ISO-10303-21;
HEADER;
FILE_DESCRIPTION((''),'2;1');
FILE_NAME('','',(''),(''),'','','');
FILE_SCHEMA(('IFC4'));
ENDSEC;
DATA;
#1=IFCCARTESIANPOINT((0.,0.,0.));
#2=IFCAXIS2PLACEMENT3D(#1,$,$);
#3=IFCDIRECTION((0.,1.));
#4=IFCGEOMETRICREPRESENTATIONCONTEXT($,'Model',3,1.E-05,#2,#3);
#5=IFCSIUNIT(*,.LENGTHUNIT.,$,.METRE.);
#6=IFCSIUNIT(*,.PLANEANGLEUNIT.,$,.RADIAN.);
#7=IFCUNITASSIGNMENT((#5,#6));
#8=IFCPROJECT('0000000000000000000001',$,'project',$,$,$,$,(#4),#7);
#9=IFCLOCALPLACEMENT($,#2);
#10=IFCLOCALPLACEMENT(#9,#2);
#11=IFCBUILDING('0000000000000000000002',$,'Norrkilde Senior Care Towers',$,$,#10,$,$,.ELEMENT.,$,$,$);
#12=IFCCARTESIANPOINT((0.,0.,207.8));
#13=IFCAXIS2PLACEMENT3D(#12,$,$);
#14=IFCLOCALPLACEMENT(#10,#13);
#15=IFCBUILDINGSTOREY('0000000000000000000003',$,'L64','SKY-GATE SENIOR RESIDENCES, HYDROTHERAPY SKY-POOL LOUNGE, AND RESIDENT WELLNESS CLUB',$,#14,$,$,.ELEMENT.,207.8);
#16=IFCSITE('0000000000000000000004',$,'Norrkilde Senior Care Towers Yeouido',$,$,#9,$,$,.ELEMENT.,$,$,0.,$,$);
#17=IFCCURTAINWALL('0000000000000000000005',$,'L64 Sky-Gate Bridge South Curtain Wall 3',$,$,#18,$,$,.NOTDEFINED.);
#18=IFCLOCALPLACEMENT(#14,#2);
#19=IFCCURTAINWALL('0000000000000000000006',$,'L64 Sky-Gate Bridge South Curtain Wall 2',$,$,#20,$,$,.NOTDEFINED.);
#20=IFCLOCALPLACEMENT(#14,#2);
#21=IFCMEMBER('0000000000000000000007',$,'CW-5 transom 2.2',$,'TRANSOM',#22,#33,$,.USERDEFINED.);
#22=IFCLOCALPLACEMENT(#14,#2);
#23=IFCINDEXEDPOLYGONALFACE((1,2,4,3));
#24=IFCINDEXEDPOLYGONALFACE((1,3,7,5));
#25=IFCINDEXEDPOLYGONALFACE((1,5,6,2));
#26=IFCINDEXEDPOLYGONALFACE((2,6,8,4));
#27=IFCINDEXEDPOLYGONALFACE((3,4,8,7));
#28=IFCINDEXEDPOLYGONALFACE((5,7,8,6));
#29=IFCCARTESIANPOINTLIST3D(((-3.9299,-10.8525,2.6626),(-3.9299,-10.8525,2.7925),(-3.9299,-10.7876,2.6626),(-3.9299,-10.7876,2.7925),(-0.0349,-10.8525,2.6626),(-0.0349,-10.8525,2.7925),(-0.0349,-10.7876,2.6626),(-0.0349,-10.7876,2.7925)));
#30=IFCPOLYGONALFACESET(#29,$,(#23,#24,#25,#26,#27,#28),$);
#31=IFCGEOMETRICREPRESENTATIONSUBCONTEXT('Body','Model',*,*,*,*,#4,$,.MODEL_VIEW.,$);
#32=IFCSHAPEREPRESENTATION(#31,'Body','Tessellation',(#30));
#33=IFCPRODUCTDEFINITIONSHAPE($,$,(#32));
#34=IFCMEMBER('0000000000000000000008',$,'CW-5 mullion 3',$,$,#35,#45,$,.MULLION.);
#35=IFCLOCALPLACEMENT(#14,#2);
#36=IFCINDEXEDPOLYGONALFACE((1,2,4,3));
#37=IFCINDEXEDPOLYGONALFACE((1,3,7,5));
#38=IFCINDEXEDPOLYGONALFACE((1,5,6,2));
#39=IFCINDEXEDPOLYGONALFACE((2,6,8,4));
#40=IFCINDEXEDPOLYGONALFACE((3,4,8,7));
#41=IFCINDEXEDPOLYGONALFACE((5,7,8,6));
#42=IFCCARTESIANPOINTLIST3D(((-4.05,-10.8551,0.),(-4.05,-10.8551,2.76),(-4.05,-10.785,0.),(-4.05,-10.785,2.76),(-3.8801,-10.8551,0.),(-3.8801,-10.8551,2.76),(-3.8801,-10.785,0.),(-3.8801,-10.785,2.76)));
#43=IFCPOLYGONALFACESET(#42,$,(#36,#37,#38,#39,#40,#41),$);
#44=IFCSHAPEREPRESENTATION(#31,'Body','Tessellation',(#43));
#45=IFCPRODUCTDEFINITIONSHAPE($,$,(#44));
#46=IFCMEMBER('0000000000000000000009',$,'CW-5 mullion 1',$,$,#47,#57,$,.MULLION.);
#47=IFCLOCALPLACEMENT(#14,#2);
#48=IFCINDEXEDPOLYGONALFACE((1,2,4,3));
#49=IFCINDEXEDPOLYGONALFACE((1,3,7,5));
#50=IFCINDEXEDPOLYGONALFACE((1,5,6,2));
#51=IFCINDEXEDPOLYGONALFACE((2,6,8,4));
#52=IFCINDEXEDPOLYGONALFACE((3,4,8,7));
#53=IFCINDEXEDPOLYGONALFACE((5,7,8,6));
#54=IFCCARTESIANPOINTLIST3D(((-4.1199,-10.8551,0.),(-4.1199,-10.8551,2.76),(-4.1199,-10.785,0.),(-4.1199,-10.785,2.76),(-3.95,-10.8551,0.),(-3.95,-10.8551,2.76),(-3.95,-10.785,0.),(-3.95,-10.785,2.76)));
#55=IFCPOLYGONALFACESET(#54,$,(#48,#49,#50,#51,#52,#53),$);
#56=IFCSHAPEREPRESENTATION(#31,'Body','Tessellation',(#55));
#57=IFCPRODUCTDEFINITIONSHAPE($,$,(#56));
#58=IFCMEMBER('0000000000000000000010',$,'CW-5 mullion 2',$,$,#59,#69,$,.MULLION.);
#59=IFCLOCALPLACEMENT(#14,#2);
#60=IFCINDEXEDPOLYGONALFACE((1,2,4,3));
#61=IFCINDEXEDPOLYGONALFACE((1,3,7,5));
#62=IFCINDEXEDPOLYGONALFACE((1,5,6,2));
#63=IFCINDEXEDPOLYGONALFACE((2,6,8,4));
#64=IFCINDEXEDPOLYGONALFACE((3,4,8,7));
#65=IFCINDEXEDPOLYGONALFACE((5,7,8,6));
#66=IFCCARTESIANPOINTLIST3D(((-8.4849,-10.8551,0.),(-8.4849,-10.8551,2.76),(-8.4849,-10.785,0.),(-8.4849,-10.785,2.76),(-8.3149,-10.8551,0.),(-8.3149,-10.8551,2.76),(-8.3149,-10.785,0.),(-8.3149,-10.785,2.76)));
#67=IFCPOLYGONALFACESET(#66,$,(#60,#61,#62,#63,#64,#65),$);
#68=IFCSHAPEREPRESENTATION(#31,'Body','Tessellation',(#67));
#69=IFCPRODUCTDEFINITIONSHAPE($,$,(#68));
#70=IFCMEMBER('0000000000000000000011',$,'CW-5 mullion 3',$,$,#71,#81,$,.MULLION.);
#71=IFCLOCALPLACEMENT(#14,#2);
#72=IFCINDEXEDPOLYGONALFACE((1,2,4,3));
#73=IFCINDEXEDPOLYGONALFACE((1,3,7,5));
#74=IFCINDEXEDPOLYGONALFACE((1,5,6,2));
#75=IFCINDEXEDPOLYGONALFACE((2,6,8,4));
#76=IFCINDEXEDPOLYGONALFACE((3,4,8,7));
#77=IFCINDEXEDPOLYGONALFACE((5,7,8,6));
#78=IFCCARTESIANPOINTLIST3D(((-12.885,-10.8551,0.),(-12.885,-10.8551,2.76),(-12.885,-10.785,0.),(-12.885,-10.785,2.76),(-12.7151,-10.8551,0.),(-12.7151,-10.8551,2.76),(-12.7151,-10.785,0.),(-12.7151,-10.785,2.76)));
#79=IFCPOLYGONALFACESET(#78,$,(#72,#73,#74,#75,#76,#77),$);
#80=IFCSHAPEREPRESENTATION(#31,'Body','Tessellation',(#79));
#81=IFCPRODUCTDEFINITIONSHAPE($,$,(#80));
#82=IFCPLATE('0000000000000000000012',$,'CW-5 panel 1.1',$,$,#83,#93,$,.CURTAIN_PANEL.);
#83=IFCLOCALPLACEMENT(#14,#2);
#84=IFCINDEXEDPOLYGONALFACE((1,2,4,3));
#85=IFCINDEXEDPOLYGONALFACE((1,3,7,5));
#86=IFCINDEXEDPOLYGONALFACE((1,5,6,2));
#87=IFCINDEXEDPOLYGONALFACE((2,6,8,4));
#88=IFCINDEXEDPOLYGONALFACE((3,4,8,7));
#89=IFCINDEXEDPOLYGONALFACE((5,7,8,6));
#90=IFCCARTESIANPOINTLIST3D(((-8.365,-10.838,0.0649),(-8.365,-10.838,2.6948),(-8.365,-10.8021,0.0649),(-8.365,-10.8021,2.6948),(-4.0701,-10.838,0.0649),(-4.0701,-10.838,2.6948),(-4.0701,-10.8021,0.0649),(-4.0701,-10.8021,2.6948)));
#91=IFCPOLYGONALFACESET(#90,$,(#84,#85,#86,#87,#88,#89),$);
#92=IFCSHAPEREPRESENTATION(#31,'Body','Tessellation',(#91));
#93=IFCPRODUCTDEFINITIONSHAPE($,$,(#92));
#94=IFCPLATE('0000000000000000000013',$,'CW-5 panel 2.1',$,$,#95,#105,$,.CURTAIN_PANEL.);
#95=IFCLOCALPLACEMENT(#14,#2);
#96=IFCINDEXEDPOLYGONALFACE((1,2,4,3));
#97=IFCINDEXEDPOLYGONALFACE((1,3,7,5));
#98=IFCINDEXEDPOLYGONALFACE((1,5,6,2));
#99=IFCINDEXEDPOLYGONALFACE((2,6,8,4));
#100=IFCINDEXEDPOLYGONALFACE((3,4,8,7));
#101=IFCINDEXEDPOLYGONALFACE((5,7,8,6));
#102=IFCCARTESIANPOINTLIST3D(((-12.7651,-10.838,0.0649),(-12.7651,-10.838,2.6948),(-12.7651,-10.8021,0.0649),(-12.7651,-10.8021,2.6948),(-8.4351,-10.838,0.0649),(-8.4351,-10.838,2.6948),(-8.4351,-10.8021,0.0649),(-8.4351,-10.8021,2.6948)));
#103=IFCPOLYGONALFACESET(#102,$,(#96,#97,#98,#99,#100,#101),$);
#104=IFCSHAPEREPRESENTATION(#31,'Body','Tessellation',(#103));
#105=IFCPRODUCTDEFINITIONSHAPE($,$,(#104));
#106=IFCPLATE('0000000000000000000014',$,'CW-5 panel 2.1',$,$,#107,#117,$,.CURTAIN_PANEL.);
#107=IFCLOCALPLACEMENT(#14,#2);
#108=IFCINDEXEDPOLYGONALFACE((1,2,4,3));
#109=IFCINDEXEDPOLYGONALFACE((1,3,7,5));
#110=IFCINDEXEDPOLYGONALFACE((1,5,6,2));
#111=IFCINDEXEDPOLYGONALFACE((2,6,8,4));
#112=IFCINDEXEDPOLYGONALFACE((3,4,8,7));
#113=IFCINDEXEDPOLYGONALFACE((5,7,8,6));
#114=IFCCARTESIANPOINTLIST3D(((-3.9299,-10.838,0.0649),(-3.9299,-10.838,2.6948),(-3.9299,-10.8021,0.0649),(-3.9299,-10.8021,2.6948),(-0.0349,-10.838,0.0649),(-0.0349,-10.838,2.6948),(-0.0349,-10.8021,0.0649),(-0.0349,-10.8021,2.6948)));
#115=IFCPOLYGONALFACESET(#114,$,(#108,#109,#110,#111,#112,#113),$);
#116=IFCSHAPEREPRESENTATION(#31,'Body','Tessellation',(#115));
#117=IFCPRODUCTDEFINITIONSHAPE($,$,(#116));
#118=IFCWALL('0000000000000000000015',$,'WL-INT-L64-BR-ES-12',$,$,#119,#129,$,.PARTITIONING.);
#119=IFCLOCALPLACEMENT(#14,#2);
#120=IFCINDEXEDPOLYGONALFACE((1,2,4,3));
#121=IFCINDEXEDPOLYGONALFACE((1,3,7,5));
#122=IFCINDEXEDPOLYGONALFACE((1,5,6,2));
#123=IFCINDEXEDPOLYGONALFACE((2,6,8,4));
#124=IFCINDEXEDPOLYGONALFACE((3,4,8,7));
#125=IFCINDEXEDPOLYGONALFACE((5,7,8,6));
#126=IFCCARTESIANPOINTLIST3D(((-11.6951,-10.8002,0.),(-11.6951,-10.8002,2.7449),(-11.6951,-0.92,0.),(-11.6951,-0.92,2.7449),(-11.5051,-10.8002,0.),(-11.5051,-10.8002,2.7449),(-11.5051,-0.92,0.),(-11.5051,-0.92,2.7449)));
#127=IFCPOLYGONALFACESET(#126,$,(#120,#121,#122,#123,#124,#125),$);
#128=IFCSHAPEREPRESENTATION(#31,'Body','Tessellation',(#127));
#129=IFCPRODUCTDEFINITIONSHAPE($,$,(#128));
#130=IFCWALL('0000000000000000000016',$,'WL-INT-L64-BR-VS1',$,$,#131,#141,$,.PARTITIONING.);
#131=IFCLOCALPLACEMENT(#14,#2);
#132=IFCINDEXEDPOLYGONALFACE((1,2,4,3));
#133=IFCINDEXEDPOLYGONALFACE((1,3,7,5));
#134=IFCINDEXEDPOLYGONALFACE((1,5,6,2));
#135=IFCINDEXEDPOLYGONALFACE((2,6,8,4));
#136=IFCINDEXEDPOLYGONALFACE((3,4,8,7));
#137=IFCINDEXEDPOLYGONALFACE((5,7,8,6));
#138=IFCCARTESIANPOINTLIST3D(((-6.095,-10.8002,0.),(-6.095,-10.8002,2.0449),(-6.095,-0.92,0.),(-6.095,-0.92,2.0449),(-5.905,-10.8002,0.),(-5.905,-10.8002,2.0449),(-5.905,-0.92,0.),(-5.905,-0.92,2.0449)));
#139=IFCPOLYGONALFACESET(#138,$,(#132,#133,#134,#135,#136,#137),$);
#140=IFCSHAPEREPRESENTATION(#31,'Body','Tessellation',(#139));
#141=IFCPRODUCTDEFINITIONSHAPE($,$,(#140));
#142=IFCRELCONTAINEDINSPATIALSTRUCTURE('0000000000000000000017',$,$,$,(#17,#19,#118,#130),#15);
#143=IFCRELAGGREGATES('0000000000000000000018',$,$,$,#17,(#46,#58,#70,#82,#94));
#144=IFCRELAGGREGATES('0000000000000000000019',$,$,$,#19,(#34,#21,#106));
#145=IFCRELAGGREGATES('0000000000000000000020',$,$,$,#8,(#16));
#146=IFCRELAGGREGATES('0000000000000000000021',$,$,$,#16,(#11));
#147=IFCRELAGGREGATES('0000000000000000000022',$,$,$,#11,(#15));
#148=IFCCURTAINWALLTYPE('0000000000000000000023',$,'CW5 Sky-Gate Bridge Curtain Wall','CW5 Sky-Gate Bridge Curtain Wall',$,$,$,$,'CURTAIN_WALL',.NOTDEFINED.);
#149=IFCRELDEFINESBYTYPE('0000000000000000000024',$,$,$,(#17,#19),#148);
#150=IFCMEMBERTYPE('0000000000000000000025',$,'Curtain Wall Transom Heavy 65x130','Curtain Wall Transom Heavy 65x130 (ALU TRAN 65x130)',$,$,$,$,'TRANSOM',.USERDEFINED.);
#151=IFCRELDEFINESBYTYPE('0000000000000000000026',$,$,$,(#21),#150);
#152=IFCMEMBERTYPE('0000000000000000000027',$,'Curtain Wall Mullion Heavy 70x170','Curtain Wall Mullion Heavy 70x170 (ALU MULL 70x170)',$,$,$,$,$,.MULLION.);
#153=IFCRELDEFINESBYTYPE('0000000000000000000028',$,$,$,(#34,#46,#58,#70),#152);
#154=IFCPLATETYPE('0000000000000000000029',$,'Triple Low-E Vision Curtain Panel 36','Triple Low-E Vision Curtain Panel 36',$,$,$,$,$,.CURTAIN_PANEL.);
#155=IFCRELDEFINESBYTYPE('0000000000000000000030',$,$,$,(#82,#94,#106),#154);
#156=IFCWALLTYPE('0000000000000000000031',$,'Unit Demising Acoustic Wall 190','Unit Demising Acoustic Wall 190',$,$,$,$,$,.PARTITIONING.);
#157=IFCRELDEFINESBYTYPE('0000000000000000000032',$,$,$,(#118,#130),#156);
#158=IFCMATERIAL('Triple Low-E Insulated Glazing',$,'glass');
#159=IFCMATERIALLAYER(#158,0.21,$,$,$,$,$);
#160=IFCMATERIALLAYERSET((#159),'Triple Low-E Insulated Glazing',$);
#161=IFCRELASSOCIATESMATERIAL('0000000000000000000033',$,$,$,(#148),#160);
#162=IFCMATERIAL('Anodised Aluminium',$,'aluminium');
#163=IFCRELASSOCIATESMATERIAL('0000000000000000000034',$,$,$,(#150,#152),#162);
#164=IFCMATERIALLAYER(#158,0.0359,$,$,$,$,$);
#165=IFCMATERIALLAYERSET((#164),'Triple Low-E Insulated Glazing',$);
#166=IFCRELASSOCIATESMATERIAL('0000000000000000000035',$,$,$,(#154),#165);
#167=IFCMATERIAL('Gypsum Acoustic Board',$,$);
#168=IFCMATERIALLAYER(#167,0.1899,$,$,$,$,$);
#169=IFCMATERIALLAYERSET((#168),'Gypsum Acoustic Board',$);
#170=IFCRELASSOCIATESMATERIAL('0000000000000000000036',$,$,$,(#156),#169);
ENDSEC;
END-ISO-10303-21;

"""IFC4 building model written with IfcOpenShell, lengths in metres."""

from ifc_helpers import new_model, si_unit, direction, frame, frame_2d, origin, origin_2d, place, context, subcontext, project, spatial, rectangle, extrude, source, transform, mapped, material, layer, layer_set, material_profile, profile_set, type_object, type_shapes, element, aggregate, save


model = new_model("IFC4")

# Units and contexts
model_context = context("Model", 3, precision=1e-05, world=origin(), true_north=direction((0.0, 1.0)))
body_context = subcontext(model_context, "Body", "Model", "MODEL_VIEW")
ifc_project = project(units=[si_unit("LENGTHUNIT", "METRE"), si_unit("PLANEANGLEUNIT", "RADIAN")], contexts=[model_context])

# Site, building, storey
site_placement = place(None, origin())
site = spatial("IfcSite", under=ifc_project, at=site_placement, Name="Norrkilde Senior Care Towers Yeouido", CompositionType="ELEMENT", RefElevation=0.0)
building_placement = place(site_placement, origin())
building = spatial("IfcBuilding", under=site, at=building_placement, Name="Norrkilde Senior Care Towers", CompositionType="ELEMENT")
storey_placement = place(building_placement, frame((0.0, 0.0, 207.8)))
storey = spatial("IfcBuildingStorey", under=building, at=storey_placement, Name="L64", Description="SKY-GATE SENIOR RESIDENCES, HYDROTHERAPY SKY-POOL LOUNGE, AND RESIDENT WELLNESS CLUB", CompositionType="ELEMENT", Elevation=207.8)

# Curtain walls, members
ifc_material_1 = material(Name="Triple Low-E Insulated Glazing", Category="glass")
ifc_layer_1 = layer(ifc_material_1, 0.21)
ifc_layer_set_1 = layer_set([ifc_layer_1], Name="Triple Low-E Insulated Glazing")
curtain_wall_type = type_object("IfcCurtainWallType", Name="CW5 Sky-Gate Bridge Curtain Wall", Description="CW5 Sky-Gate Bridge Curtain Wall", ElementType="CURTAIN_WALL", PredefinedType="NOTDEFINED", material=ifc_layer_set_1)
curtain_wall_1_placement = place(storey_placement, origin())
curtain_wall_1 = element("IfcCurtainWall", 1, at=curtain_wall_1_placement, inside=storey, type_object=curtain_wall_type, Name="L64 Sky-Gate Bridge South Curtain Wall 3", PredefinedType="NOTDEFINED")
ifc_material_2 = material(Name="Anodised Aluminium", Category="aluminium")
ifc_material_profile_1 = material_profile(ifc_material_2, rectangle(XDim=0.0649, YDim=0.1299, at=origin_2d()), Name="ALU TRAN 65x130")
ifc_profile_set_1 = profile_set([ifc_material_profile_1], Name="Anodised Aluminium")
member_type_1 = type_object("IfcMemberType", Name="Curtain Wall Transom Heavy 65x130", Description="Curtain Wall Transom Heavy 65x130 (ALU TRAN 65x130)", ElementType="TRANSOM", PredefinedType="USERDEFINED", material=ifc_profile_set_1)
curtain_wall_2_placement = place(storey_placement, origin())
curtain_wall_2 = element("IfcCurtainWall", 2, at=curtain_wall_2_placement, inside=storey, type_object=curtain_wall_type, Name="L64 Sky-Gate Bridge South Curtain Wall 2", PredefinedType="NOTDEFINED")
shared_shape_1 = source(origin(), body_context, "Body", "SweptSolid", [
    extrude(rectangle(XDim=0.0649, YDim=0.1299, at=origin_2d()), origin(), (0.0, 0.0, 1.0), 3.895),
])
member_1_placement = place(storey_placement, frame((-0.0349, -10.8201, 2.7275), z_axis=(-1.0, 0.0, 0.0), x_axis=(0.0, -1.0, 0.0)))
member_1 = element("IfcMember", 3, at=member_1_placement, type_object=member_type_1, Name="CW-5 transom 2.2", ObjectType="TRANSOM", PredefinedType="USERDEFINED", context=body_context, shape_type="MappedRepresentation", body=[
    mapped(shared_shape_1, transform((0.0, 0.0, 0.0), x_axis=(1.0, 0.0, 0.0), y_axis=(0.0, 1.0, 0.0), z_axis=(0.0, 0.0, 1.0), scale=1.0)),
])
ifc_material_profile_2 = material_profile(ifc_material_2, rectangle(XDim=0.0701, YDim=0.1699, at=origin_2d()), Name="ALU MULL 70x170")
ifc_profile_set_2 = profile_set([ifc_material_profile_2], Name="Anodised Aluminium")
member_type_2 = type_object("IfcMemberType", Name="Curtain Wall Mullion Heavy 70x170", Description="Curtain Wall Mullion Heavy 70x170 (ALU MULL 70x170)", PredefinedType="MULLION", material=ifc_profile_set_2)
shared_shape_2 = source(origin(), body_context, "Body", "SweptSolid", [
    extrude(rectangle(XDim=0.0701, YDim=0.1699, at=origin_2d()), origin(), (0.0, 0.0, 1.0), 2.76),
])
type_shapes(member_type_2, [shared_shape_2])
member_2_placement = place(storey_placement, frame((-3.9651, -10.8201, 0.0), z_axis=(0.0, 0.0, 1.0), x_axis=(0.0, -1.0, 0.0)))
member_2 = element("IfcMember", 4, at=member_2_placement, type_object=member_type_2, Name="CW-5 mullion 3", PredefinedType="MULLION", context=body_context, shape_type="MappedRepresentation", body=[
    mapped(shared_shape_2, transform((0.0, 0.0, 0.0), x_axis=(1.0, 0.0, 0.0), y_axis=(0.0, 1.0, 0.0), z_axis=(0.0, 0.0, 1.0), scale=1.0)),
])

# Members
member_3_placement = place(storey_placement, frame((-4.0349, -10.8201, 0.0), z_axis=(0.0, 0.0, 1.0), x_axis=(0.0, -1.0, 0.0)))
member_3 = element("IfcMember", 5, at=member_3_placement, type_object=member_type_2, Name="CW-5 mullion 1", PredefinedType="MULLION", context=body_context, shape_type="MappedRepresentation", body=[
    mapped(shared_shape_2, transform((0.0, 0.0, 0.0), x_axis=(1.0, 0.0, 0.0), y_axis=(0.0, 1.0, 0.0), z_axis=(0.0, 0.0, 1.0), scale=1.0)),
])
member_4_placement = place(storey_placement, frame((-8.3999, -10.8201, 0.0), z_axis=(0.0, 0.0, 1.0), x_axis=(0.0, -1.0, 0.0)))
member_4 = element("IfcMember", 6, at=member_4_placement, type_object=member_type_2, Name="CW-5 mullion 2", PredefinedType="MULLION", context=body_context, shape_type="MappedRepresentation", body=[
    mapped(shared_shape_2, transform((0.0, 0.0, 0.0), x_axis=(1.0, 0.0, 0.0), y_axis=(0.0, 1.0, 0.0), z_axis=(0.0, 0.0, 1.0), scale=1.0)),
])
member_5_placement = place(storey_placement, frame((-12.8, -10.8201, 0.0), z_axis=(0.0, 0.0, 1.0), x_axis=(0.0, -1.0, 0.0)))
member_5 = element("IfcMember", 7, at=member_5_placement, type_object=member_type_2, Name="CW-5 mullion 3", PredefinedType="MULLION", context=body_context, shape_type="MappedRepresentation", body=[
    mapped(shared_shape_2, transform((0.0, 0.0, 0.0), x_axis=(1.0, 0.0, 0.0), y_axis=(0.0, 1.0, 0.0), z_axis=(0.0, 0.0, 1.0), scale=1.0)),
])

# Plates
ifc_layer_2 = layer(ifc_material_1, 0.0359)
ifc_layer_set_2 = layer_set([ifc_layer_2], Name="Triple Low-E Insulated Glazing")
plate_type = type_object("IfcPlateType", Name="Triple Low-E Vision Curtain Panel 36", Description="Triple Low-E Vision Curtain Panel 36", PredefinedType="CURTAIN_PANEL", material=ifc_layer_set_2)
shared_shape_3 = source(origin(), body_context, "Body", "SweptSolid", [
    extrude(rectangle(XDim=4.2949, YDim=0.0359, at=origin_2d()), origin(), (0.0, 0.0, 1.0), 2.6299),
])
plate_1_placement = place(storey_placement, frame((-6.2175, -10.8201, 0.0649), z_axis=(0.0, 0.0, 1.0), x_axis=(-1.0, 0.0, 0.0)))
plate_1 = element("IfcPlate", 8, at=plate_1_placement, type_object=plate_type, Name="CW-5 panel 1.1", PredefinedType="CURTAIN_PANEL", context=body_context, shape_type="MappedRepresentation", body=[
    mapped(shared_shape_3, transform((0.0, 0.0, 0.0), x_axis=(1.0, 0.0, 0.0), y_axis=(0.0, 1.0, 0.0), z_axis=(0.0, 0.0, 1.0), scale=1.0)),
])
shared_shape_4 = source(origin(), body_context, "Body", "SweptSolid", [
    extrude(rectangle(XDim=4.3301, YDim=0.0359, at=origin_2d()), origin(), (0.0, 0.0, 1.0), 2.6299),
])
plate_2_placement = place(storey_placement, frame((-10.6001, -10.8201, 0.0649), z_axis=(0.0, 0.0, 1.0), x_axis=(-1.0, 0.0, 0.0)))
plate_2 = element("IfcPlate", 9, at=plate_2_placement, type_object=plate_type, Name="CW-5 panel 2.1", PredefinedType="CURTAIN_PANEL", context=body_context, shape_type="MappedRepresentation", body=[
    mapped(shared_shape_4, transform((0.0, 0.0, 0.0), x_axis=(1.0, 0.0, 0.0), y_axis=(0.0, 1.0, 0.0), z_axis=(0.0, 0.0, 1.0), scale=1.0)),
])
aggregate(curtain_wall_1, [member_3, member_4, member_5, plate_1, plate_2])
shared_shape_5 = source(origin(), body_context, "Body", "SweptSolid", [
    extrude(rectangle(XDim=3.895, YDim=0.0359, at=origin_2d()), origin(), (0.0, 0.0, 1.0), 2.6299),
])
type_shapes(plate_type, [shared_shape_3, shared_shape_4, shared_shape_5])
plate_3_placement = place(storey_placement, frame((-1.9824, -10.8201, 0.0649), z_axis=(0.0, 0.0, 1.0), x_axis=(-1.0, 0.0, 0.0)))
plate_3 = element("IfcPlate", 10, at=plate_3_placement, type_object=plate_type, Name="CW-5 panel 2.1", PredefinedType="CURTAIN_PANEL", context=body_context, shape_type="MappedRepresentation", body=[
    mapped(shared_shape_5, transform((0.0, 0.0, 0.0), x_axis=(1.0, 0.0, 0.0), y_axis=(0.0, 1.0, 0.0), z_axis=(0.0, 0.0, 1.0), scale=1.0)),
])
aggregate(curtain_wall_2, [member_2, member_1, plate_3])

# Shared definitions
ifc_material_3 = material(Name="Gypsum Acoustic Board")

# Walls
ifc_layer_3 = layer(ifc_material_3, 0.1899)
ifc_layer_set_3 = layer_set([ifc_layer_3], Name="Gypsum Acoustic Board")
wall_type_1 = type_object("IfcWallType", Name="Unit Demising Acoustic Wall 190", Description="Unit Demising Acoustic Wall 190", PredefinedType="PARTITIONING", material=ifc_layer_set_3)
shared_shape_6 = source(origin(), body_context, "Body", "SweptSolid", [
    extrude(rectangle(XDim=9.8801, YDim=0.1899, at=frame_2d((4.9399, 0.0))), origin(), (0.0, 0.0, 1.0), 2.7449),
])
wall_1_placement = place(storey_placement, frame((-11.6001, -10.8, 0.0), z_axis=(0.0, 0.0, 1.0), x_axis=(0.0, 1.0, 0.0)))
element("IfcWall", 11, at=wall_1_placement, inside=storey, type_object=wall_type_1, Name="WL-INT-L64-BR-ES-12", PredefinedType="PARTITIONING", context=body_context, shape_type="MappedRepresentation", body=[
    mapped(shared_shape_6, transform((0.0, 0.0, 0.0), x_axis=(1.0, 0.0, 0.0), y_axis=(0.0, 1.0, 0.0), z_axis=(0.0, 0.0, 1.0), scale=1.0)),
])
shared_shape_7 = source(origin(), body_context, "Body", "SweptSolid", [
    extrude(rectangle(XDim=9.8801, YDim=0.1899, at=frame_2d((4.9399, 0.0))), origin(), (0.0, 0.0, 1.0), 2.0449),
])
type_shapes(wall_type_1, [shared_shape_6, shared_shape_7])
wall_2_placement = place(storey_placement, frame((-6.0, -10.8, 0.0), z_axis=(0.0, 0.0, 1.0), x_axis=(0.0, 1.0, 0.0)))
element("IfcWall", 12, at=wall_2_placement, inside=storey, type_object=wall_type_1, Name="WL-INT-L64-BR-VS1", PredefinedType="PARTITIONING", context=body_context, shape_type="MappedRepresentation", body=[
    mapped(shared_shape_7, transform((0.0, 0.0, 0.0), x_axis=(1.0, 0.0, 0.0), y_axis=(0.0, 1.0, 0.0), z_axis=(0.0, 0.0, 1.0), scale=1.0)),
])

save(model, "model.ifc")
